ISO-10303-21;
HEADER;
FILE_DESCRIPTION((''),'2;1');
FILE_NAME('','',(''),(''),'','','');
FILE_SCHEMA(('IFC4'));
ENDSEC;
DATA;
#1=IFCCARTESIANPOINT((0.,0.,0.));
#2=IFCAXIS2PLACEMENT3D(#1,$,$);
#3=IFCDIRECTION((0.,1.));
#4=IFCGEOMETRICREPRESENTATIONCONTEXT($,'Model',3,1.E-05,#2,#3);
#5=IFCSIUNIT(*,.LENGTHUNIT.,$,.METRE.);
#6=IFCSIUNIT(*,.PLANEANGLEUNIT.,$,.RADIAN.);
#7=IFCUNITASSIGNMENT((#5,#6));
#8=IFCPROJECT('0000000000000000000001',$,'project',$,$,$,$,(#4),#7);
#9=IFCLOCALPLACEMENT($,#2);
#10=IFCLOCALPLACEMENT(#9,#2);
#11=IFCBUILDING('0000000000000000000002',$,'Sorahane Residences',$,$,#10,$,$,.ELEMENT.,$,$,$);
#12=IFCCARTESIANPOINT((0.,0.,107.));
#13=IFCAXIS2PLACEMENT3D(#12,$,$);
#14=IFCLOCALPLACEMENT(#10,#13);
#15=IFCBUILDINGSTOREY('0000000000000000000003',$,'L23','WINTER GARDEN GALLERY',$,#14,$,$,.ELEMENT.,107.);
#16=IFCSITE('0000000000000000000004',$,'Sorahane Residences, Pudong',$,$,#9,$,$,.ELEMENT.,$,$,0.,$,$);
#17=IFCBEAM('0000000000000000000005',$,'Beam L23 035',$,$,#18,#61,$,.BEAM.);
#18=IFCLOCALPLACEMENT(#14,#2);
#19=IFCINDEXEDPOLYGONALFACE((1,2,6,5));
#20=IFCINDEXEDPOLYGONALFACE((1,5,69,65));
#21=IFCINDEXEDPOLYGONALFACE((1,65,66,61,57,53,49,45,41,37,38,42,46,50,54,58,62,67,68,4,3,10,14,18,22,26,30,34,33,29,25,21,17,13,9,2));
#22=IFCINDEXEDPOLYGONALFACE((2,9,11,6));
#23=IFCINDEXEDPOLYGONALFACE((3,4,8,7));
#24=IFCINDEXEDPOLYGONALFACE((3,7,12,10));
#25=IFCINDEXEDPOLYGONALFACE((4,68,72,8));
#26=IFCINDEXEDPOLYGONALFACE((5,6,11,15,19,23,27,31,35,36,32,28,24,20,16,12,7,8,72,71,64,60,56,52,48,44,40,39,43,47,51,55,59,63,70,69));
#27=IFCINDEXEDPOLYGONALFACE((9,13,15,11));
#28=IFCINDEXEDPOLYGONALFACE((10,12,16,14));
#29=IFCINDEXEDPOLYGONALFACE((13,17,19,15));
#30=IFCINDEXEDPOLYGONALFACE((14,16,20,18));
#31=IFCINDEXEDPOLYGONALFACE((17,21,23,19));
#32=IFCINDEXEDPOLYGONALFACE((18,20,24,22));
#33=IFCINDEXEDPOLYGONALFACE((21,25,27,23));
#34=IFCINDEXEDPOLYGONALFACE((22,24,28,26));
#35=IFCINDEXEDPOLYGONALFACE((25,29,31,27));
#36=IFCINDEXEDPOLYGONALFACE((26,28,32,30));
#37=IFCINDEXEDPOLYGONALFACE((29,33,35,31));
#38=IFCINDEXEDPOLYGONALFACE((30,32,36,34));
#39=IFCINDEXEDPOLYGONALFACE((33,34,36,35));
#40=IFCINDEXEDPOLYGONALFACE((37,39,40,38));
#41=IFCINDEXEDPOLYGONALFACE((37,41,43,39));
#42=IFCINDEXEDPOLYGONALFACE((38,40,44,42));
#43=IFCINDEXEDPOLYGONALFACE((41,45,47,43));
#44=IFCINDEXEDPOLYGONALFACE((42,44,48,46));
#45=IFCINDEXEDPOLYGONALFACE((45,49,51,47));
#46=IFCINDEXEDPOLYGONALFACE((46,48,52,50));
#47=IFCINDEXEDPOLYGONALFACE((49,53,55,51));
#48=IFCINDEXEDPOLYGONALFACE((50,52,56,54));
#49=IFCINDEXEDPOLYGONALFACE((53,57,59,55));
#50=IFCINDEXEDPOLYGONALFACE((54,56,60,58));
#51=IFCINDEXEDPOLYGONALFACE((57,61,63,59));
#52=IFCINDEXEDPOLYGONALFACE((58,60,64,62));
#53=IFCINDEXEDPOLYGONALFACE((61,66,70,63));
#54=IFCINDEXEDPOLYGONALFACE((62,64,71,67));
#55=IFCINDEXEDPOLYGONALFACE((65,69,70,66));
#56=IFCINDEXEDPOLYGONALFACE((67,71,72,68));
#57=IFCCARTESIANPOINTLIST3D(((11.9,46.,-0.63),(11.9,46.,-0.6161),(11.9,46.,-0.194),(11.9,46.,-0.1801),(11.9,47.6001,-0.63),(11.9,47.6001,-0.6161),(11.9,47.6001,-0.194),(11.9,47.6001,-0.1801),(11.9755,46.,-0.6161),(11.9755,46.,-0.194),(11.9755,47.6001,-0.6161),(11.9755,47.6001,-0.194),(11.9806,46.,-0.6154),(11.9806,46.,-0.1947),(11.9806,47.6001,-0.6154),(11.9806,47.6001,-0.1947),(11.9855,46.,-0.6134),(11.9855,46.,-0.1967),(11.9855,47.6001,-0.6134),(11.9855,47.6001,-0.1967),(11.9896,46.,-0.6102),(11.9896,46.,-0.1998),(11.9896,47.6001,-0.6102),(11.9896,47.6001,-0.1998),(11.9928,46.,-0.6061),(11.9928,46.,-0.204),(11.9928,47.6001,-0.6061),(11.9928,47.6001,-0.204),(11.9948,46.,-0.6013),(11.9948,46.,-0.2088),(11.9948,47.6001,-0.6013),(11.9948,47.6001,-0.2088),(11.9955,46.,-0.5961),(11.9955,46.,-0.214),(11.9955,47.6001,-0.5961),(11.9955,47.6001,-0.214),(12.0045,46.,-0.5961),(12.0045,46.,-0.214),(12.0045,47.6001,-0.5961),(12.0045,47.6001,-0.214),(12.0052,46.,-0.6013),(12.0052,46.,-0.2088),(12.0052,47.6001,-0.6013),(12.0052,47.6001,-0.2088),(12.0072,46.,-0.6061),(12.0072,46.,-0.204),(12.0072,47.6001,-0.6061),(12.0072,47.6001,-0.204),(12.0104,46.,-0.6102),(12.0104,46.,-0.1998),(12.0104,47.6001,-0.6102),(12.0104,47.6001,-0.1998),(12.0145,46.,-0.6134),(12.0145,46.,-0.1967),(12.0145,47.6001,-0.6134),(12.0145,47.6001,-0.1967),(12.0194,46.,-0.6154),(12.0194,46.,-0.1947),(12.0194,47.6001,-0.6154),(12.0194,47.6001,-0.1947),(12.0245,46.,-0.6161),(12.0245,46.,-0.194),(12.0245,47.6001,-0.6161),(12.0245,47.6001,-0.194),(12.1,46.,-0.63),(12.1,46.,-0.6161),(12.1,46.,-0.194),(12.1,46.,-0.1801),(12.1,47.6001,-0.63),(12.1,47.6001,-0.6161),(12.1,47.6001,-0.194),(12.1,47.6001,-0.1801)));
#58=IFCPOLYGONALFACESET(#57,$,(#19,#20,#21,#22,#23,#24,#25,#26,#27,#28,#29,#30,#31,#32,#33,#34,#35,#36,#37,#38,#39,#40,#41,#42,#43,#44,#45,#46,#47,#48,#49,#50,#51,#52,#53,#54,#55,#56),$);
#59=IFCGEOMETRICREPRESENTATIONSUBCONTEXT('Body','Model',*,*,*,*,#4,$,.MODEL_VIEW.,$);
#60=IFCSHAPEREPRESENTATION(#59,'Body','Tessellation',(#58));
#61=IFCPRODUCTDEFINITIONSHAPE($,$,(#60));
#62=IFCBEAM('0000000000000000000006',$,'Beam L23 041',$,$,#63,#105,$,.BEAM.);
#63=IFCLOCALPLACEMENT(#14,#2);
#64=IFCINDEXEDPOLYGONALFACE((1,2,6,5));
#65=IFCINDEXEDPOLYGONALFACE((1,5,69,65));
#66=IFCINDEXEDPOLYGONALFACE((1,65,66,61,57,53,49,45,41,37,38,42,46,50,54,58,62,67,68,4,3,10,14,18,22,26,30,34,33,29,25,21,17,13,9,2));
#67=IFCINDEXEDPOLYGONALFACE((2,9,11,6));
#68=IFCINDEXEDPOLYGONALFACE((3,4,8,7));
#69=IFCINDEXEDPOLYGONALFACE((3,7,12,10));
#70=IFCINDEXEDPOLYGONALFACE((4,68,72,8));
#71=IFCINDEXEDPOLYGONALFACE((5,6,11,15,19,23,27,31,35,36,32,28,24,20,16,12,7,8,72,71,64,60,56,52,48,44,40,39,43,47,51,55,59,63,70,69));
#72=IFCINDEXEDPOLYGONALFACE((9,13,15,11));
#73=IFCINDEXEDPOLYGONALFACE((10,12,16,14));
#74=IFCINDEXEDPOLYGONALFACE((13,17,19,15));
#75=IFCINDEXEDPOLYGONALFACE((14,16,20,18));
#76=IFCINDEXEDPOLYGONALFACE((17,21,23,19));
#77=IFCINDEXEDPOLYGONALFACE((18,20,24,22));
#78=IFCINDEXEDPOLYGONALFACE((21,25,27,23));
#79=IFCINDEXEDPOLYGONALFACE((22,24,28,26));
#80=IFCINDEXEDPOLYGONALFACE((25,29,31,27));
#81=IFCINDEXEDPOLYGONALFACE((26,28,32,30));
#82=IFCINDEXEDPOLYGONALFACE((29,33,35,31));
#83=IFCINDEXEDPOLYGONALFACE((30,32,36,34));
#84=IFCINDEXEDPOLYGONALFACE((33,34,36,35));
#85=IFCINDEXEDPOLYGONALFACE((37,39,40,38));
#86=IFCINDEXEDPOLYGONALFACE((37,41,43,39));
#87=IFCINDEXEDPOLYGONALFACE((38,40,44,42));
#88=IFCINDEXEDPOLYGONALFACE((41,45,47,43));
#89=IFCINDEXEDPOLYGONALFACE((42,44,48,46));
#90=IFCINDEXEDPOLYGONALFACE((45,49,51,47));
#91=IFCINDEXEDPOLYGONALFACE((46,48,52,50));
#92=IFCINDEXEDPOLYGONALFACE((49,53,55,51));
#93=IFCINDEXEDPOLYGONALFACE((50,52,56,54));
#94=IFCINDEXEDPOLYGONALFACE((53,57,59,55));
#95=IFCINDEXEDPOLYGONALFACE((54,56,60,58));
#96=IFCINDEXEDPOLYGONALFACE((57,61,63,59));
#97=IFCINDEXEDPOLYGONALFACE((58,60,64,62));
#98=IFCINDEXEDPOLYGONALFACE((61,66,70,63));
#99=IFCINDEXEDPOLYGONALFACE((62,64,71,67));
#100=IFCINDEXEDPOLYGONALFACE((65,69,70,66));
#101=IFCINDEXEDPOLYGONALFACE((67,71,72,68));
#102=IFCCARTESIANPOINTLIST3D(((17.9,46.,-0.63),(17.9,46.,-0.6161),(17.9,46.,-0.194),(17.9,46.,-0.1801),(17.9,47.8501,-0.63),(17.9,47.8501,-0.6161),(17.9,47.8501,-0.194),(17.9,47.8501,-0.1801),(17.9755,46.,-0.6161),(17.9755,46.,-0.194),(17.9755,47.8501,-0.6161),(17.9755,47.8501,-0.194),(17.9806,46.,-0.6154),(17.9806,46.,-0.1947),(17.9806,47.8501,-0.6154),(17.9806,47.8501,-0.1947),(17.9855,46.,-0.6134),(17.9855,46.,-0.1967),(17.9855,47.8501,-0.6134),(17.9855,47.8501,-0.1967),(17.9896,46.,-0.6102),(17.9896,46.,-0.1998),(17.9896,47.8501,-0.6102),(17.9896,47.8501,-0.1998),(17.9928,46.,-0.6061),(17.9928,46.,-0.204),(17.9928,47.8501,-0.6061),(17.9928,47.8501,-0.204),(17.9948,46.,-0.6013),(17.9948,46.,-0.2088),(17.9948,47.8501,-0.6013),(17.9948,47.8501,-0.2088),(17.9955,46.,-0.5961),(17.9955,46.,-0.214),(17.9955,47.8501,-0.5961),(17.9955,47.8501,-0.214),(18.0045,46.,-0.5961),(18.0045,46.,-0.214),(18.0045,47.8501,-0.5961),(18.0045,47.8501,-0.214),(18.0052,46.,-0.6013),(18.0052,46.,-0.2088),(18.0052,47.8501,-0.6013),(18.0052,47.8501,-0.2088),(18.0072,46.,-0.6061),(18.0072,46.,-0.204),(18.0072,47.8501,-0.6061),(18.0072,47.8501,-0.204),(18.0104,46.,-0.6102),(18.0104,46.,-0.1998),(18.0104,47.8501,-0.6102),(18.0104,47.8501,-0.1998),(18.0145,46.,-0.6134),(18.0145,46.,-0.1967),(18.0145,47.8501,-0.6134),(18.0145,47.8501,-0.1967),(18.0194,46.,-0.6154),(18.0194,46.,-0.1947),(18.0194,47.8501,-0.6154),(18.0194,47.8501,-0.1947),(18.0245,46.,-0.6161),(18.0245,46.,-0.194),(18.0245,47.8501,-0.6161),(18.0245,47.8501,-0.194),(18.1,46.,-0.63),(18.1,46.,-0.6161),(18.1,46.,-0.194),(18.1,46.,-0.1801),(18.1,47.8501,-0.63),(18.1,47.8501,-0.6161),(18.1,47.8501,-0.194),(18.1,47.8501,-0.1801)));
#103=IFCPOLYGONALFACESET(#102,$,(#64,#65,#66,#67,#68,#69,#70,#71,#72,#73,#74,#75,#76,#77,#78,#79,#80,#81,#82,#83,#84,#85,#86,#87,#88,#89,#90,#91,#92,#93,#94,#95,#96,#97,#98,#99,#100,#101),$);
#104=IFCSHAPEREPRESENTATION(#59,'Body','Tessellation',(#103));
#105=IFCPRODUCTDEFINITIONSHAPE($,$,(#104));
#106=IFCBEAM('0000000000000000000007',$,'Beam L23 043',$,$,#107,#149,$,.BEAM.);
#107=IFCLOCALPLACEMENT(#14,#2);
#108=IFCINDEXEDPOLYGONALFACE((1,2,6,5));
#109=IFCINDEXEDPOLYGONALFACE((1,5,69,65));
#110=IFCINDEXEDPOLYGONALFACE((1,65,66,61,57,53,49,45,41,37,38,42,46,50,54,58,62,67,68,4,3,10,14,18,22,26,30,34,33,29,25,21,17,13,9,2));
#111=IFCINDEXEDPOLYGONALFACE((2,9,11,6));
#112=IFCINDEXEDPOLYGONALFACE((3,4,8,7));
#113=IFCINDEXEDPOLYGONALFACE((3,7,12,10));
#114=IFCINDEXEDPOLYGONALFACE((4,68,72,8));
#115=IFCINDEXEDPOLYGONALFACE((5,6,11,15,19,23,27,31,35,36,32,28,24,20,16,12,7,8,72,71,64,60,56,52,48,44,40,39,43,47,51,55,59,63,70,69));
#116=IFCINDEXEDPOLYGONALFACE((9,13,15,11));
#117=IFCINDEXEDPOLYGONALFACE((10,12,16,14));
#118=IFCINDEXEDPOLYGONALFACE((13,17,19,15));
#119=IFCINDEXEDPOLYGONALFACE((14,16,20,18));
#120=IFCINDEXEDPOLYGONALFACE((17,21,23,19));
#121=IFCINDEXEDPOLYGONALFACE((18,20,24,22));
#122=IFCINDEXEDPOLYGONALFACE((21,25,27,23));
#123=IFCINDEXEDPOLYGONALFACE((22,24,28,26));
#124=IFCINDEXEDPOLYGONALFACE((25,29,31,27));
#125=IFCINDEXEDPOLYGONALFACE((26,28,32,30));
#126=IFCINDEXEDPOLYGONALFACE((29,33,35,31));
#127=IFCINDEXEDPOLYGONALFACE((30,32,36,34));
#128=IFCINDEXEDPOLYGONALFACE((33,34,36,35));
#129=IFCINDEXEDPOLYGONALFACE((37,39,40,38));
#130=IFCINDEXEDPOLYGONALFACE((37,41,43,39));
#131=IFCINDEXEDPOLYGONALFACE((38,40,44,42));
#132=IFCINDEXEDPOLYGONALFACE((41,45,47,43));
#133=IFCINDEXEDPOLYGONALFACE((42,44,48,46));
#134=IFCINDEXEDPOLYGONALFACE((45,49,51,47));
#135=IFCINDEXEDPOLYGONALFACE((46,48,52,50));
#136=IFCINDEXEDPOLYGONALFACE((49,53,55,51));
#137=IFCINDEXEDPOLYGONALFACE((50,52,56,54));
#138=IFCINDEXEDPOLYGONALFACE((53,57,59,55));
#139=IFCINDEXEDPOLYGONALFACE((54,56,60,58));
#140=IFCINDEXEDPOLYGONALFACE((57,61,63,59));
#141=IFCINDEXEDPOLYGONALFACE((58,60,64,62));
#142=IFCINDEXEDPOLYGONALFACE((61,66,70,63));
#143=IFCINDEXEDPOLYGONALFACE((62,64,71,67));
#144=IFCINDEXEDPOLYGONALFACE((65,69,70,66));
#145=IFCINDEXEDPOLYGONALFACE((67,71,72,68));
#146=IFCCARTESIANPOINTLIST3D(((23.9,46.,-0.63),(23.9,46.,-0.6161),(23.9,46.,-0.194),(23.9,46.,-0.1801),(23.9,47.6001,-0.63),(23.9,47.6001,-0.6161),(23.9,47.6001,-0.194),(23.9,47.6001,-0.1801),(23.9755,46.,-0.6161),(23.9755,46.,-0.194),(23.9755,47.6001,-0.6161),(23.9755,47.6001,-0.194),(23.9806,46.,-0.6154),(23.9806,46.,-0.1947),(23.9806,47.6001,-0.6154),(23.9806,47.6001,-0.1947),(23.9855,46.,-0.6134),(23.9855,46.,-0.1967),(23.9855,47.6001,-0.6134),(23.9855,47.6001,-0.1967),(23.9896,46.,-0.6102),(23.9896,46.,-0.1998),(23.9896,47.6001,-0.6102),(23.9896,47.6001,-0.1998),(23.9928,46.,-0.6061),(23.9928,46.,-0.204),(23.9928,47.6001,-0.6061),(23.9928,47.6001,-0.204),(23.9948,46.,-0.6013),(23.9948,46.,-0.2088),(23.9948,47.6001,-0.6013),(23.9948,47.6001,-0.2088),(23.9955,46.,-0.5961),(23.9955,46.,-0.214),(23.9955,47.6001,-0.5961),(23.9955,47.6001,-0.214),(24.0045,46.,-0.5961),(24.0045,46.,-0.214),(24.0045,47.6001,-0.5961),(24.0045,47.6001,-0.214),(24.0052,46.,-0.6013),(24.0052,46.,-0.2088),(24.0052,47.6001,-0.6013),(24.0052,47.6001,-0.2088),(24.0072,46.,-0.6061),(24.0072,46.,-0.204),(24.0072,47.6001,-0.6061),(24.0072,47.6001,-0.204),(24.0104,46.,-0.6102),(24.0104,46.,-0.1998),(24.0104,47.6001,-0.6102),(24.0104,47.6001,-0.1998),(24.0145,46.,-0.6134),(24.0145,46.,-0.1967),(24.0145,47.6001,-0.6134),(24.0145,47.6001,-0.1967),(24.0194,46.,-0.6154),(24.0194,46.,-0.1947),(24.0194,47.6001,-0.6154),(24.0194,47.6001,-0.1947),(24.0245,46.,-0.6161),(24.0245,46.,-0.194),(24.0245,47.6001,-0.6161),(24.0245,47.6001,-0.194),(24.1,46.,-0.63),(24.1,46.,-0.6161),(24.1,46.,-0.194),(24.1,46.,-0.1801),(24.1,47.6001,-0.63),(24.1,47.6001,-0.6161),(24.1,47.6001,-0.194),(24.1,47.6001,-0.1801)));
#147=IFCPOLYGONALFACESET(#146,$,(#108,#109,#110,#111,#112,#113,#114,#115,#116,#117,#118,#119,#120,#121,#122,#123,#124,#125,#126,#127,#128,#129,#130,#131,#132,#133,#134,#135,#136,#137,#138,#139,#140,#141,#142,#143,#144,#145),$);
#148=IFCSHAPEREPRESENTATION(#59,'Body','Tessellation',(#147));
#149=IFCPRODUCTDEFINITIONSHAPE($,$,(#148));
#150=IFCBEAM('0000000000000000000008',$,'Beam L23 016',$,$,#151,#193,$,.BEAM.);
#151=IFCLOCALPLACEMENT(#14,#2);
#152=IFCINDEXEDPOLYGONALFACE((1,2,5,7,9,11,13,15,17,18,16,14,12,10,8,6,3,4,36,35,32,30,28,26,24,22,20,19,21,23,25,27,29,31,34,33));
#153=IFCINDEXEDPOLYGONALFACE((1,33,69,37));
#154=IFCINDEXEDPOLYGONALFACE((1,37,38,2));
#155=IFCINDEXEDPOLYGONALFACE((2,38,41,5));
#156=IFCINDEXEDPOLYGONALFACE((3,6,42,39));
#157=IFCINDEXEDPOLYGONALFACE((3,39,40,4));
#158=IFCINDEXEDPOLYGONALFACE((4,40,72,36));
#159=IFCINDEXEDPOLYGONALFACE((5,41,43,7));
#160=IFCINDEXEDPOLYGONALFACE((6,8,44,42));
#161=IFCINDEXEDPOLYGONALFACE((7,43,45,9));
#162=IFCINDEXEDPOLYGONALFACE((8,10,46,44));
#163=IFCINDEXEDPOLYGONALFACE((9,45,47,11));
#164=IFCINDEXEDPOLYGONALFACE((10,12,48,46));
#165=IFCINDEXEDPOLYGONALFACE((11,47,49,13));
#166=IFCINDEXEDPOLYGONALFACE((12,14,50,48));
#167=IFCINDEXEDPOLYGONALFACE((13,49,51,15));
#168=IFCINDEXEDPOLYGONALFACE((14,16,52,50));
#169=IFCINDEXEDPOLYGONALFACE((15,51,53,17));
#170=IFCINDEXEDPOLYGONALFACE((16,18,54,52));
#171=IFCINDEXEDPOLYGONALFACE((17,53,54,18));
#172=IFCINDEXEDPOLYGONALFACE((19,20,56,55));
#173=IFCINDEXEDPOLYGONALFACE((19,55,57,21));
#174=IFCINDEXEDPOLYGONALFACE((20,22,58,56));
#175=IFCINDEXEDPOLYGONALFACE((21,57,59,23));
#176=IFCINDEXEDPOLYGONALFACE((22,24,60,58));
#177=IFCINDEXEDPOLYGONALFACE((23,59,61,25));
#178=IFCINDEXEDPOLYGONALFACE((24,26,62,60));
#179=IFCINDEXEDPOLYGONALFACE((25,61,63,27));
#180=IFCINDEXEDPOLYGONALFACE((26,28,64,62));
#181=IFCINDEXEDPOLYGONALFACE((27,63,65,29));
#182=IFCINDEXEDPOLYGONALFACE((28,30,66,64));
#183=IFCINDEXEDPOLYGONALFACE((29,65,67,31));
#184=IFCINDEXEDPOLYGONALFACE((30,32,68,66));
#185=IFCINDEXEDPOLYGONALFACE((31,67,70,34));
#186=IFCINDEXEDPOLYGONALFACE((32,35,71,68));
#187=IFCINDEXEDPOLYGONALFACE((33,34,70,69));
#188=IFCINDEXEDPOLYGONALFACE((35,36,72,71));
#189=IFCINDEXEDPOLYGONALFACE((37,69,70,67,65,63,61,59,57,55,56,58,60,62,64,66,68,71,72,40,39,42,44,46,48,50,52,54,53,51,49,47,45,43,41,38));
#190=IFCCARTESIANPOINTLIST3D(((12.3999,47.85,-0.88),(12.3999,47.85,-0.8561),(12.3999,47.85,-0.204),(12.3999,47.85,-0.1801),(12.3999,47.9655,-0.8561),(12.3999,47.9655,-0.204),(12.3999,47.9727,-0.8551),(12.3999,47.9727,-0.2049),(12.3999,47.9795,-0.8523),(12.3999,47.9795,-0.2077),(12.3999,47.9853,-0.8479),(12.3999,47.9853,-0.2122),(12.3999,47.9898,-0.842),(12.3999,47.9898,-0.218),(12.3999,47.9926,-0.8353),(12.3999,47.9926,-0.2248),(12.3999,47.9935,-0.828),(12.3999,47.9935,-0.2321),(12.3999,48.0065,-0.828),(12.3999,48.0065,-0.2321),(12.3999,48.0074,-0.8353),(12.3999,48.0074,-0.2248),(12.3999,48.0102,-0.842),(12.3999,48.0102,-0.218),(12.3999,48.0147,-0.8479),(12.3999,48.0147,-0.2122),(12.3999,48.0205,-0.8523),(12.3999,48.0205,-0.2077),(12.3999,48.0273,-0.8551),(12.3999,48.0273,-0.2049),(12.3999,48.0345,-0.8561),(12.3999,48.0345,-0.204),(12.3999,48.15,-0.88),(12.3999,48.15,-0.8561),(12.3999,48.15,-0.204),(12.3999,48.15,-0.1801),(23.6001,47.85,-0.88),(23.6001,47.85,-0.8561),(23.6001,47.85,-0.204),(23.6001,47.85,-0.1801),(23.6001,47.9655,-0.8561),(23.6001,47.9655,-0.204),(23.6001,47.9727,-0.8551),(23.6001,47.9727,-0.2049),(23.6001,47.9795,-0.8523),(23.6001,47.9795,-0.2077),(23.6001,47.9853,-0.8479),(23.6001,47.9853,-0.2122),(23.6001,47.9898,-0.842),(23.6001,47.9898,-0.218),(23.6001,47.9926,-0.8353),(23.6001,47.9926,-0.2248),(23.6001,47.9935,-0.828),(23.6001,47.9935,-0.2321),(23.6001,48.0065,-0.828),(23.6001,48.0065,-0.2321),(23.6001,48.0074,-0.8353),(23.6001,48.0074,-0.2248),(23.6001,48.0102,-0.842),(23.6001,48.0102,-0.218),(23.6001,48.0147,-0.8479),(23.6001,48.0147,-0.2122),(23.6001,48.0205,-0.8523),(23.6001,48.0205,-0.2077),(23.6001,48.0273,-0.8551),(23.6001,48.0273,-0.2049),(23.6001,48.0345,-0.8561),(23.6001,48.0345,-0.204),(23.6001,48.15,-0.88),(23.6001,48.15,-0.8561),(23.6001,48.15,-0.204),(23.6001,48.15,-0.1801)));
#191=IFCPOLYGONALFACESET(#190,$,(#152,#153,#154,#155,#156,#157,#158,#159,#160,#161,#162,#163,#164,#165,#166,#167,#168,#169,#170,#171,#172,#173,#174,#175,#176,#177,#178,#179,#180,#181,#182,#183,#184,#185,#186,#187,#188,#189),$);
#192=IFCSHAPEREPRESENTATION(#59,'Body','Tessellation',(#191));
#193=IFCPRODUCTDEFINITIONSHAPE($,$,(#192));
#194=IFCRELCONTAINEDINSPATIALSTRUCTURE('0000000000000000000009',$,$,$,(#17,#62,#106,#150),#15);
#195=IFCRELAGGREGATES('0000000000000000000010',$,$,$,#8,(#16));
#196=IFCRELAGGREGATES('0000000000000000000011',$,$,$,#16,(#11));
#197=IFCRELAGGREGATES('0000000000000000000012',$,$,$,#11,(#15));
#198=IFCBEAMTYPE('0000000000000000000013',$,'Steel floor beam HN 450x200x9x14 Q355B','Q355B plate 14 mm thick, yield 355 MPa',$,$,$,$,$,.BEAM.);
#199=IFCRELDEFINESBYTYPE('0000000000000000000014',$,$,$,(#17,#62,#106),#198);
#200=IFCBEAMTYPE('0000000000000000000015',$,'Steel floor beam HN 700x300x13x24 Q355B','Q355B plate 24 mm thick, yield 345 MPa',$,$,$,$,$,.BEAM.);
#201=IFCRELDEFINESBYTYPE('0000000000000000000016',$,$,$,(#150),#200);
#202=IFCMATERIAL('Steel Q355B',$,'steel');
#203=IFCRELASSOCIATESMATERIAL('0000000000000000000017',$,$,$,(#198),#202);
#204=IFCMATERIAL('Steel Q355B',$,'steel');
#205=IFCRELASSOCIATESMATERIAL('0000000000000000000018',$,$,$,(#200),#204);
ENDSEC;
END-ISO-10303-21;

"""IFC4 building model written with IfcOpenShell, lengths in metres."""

from ifc_helpers import new_model, si_unit, direction, frame, origin, origin_2d, place, context, subcontext, project, spatial, i_section, extrude, material, material_profile, profile_set, type_object, element, save


model = new_model("IFC4")

# Units and contexts
model_context = context("Model", 3, precision=1e-05, world=origin(), true_north=direction((0.0, 1.0)))
body_context = subcontext(model_context, "Body", "Model", "MODEL_VIEW")
ifc_project = project(units=[si_unit("LENGTHUNIT", "METRE"), si_unit("PLANEANGLEUNIT", "RADIAN")], contexts=[model_context])

# Site, building, storey
site_placement = place(None, origin())
site = spatial("IfcSite", under=ifc_project, at=site_placement, Name="Sorahane Residences, Pudong", CompositionType="ELEMENT", RefElevation=0.0)
building_placement = place(site_placement, origin())
building = spatial("IfcBuilding", under=site, at=building_placement, Name="Sorahane Residences", CompositionType="ELEMENT")
storey_placement = place(building_placement, frame((0.0, 0.0, 107.0)))
storey = spatial("IfcBuildingStorey", under=building, at=storey_placement, Name="L23", Description="WINTER GARDEN GALLERY", CompositionType="ELEMENT", Elevation=107.0)

# Beams
ifc_material_1 = material(Name="Steel Q355B", Category="steel")
ifc_material_profile_1 = material_profile(ifc_material_1, i_section(OverallWidth=0.2, OverallDepth=0.45, WebThickness=0.009, FlangeThickness=0.0139, FilletRadius=0.02, at=origin_2d()), Name="HN 450x200x9x14")
ifc_profile_set_1 = profile_set([ifc_material_profile_1], Name="Steel Q355B")
beam_type_1 = type_object("IfcBeamType", Name="Steel floor beam HN 450x200x9x14 Q355B", Description="Q355B plate 14 mm thick, yield 355 MPa", PredefinedType="BEAM", material=ifc_profile_set_1)
beam_1_placement = place(storey_placement, frame((12.0, 46.0, -0.405), z_axis=(0.0, 1.0, 0.0), x_axis=(-1.0, 0.0, 0.0)))
element("IfcBeam", 1, at=beam_1_placement, inside=storey, type_object=beam_type_1, Name="Beam L23 035", PredefinedType="BEAM", context=body_context, shape_type="SweptSolid", body=[
    extrude(i_section(OverallWidth=0.2, OverallDepth=0.45, WebThickness=0.009, FlangeThickness=0.0139, FilletRadius=0.02, at=origin_2d()), origin(), (0.0, 0.0, 1.0), 1.6001),
])
beam_2_placement = place(storey_placement, frame((18.0, 46.0, -0.405), z_axis=(0.0, 1.0, 0.0), x_axis=(-1.0, 0.0, 0.0)))
element("IfcBeam", 2, at=beam_2_placement, inside=storey, type_object=beam_type_1, Name="Beam L23 041", PredefinedType="BEAM", context=body_context, shape_type="SweptSolid", body=[
    extrude(i_section(OverallWidth=0.2, OverallDepth=0.45, WebThickness=0.009, FlangeThickness=0.0139, FilletRadius=0.02, at=origin_2d()), origin(), (0.0, 0.0, 1.0), 1.8501),
])
beam_3_placement = place(storey_placement, frame((24.0, 46.0, -0.405), z_axis=(0.0, 1.0, 0.0), x_axis=(-1.0, 0.0, 0.0)))
element("IfcBeam", 3, at=beam_3_placement, inside=storey, type_object=beam_type_1, Name="Beam L23 043", PredefinedType="BEAM", context=body_context, shape_type="SweptSolid", body=[
    extrude(i_section(OverallWidth=0.2, OverallDepth=0.45, WebThickness=0.009, FlangeThickness=0.0139, FilletRadius=0.02, at=origin_2d()), origin(), (0.0, 0.0, 1.0), 1.6001),
])
ifc_material_2 = material(Name="Steel Q355B", Category="steel")
ifc_material_profile_2 = material_profile(ifc_material_2, i_section(OverallWidth=0.3, OverallDepth=0.7, WebThickness=0.0129, FlangeThickness=0.0239, FilletRadius=0.0281, at=origin_2d()), Name="HN 700x300x13x24")
ifc_profile_set_2 = profile_set([ifc_material_profile_2], Name="Steel Q355B")
beam_type_2 = type_object("IfcBeamType", Name="Steel floor beam HN 700x300x13x24 Q355B", Description="Q355B plate 24 mm thick, yield 345 MPa", PredefinedType="BEAM", material=ifc_profile_set_2)
for number, where, z_axis, x_axis, name in (
    (4, (12.3999, 48.0, -0.53), (1.0, 0.0, 0.0), (0.0, 1.0, 0.0), "Beam L23 016"),
):
    element("IfcBeam", number, at=place(storey_placement, frame(where, z_axis=z_axis, x_axis=x_axis)), inside=storey, type_object=beam_type_2, Name=name, PredefinedType="BEAM", context=body_context, shape_type="SweptSolid", body=[
        extrude(i_section(OverallWidth=0.3, OverallDepth=0.7, WebThickness=0.0129, FlangeThickness=0.0239, FilletRadius=0.0281, at=origin_2d()), origin(), (0.0, 0.0, 1.0), 11.2002),
    ])

save(model, "model.ifc")
